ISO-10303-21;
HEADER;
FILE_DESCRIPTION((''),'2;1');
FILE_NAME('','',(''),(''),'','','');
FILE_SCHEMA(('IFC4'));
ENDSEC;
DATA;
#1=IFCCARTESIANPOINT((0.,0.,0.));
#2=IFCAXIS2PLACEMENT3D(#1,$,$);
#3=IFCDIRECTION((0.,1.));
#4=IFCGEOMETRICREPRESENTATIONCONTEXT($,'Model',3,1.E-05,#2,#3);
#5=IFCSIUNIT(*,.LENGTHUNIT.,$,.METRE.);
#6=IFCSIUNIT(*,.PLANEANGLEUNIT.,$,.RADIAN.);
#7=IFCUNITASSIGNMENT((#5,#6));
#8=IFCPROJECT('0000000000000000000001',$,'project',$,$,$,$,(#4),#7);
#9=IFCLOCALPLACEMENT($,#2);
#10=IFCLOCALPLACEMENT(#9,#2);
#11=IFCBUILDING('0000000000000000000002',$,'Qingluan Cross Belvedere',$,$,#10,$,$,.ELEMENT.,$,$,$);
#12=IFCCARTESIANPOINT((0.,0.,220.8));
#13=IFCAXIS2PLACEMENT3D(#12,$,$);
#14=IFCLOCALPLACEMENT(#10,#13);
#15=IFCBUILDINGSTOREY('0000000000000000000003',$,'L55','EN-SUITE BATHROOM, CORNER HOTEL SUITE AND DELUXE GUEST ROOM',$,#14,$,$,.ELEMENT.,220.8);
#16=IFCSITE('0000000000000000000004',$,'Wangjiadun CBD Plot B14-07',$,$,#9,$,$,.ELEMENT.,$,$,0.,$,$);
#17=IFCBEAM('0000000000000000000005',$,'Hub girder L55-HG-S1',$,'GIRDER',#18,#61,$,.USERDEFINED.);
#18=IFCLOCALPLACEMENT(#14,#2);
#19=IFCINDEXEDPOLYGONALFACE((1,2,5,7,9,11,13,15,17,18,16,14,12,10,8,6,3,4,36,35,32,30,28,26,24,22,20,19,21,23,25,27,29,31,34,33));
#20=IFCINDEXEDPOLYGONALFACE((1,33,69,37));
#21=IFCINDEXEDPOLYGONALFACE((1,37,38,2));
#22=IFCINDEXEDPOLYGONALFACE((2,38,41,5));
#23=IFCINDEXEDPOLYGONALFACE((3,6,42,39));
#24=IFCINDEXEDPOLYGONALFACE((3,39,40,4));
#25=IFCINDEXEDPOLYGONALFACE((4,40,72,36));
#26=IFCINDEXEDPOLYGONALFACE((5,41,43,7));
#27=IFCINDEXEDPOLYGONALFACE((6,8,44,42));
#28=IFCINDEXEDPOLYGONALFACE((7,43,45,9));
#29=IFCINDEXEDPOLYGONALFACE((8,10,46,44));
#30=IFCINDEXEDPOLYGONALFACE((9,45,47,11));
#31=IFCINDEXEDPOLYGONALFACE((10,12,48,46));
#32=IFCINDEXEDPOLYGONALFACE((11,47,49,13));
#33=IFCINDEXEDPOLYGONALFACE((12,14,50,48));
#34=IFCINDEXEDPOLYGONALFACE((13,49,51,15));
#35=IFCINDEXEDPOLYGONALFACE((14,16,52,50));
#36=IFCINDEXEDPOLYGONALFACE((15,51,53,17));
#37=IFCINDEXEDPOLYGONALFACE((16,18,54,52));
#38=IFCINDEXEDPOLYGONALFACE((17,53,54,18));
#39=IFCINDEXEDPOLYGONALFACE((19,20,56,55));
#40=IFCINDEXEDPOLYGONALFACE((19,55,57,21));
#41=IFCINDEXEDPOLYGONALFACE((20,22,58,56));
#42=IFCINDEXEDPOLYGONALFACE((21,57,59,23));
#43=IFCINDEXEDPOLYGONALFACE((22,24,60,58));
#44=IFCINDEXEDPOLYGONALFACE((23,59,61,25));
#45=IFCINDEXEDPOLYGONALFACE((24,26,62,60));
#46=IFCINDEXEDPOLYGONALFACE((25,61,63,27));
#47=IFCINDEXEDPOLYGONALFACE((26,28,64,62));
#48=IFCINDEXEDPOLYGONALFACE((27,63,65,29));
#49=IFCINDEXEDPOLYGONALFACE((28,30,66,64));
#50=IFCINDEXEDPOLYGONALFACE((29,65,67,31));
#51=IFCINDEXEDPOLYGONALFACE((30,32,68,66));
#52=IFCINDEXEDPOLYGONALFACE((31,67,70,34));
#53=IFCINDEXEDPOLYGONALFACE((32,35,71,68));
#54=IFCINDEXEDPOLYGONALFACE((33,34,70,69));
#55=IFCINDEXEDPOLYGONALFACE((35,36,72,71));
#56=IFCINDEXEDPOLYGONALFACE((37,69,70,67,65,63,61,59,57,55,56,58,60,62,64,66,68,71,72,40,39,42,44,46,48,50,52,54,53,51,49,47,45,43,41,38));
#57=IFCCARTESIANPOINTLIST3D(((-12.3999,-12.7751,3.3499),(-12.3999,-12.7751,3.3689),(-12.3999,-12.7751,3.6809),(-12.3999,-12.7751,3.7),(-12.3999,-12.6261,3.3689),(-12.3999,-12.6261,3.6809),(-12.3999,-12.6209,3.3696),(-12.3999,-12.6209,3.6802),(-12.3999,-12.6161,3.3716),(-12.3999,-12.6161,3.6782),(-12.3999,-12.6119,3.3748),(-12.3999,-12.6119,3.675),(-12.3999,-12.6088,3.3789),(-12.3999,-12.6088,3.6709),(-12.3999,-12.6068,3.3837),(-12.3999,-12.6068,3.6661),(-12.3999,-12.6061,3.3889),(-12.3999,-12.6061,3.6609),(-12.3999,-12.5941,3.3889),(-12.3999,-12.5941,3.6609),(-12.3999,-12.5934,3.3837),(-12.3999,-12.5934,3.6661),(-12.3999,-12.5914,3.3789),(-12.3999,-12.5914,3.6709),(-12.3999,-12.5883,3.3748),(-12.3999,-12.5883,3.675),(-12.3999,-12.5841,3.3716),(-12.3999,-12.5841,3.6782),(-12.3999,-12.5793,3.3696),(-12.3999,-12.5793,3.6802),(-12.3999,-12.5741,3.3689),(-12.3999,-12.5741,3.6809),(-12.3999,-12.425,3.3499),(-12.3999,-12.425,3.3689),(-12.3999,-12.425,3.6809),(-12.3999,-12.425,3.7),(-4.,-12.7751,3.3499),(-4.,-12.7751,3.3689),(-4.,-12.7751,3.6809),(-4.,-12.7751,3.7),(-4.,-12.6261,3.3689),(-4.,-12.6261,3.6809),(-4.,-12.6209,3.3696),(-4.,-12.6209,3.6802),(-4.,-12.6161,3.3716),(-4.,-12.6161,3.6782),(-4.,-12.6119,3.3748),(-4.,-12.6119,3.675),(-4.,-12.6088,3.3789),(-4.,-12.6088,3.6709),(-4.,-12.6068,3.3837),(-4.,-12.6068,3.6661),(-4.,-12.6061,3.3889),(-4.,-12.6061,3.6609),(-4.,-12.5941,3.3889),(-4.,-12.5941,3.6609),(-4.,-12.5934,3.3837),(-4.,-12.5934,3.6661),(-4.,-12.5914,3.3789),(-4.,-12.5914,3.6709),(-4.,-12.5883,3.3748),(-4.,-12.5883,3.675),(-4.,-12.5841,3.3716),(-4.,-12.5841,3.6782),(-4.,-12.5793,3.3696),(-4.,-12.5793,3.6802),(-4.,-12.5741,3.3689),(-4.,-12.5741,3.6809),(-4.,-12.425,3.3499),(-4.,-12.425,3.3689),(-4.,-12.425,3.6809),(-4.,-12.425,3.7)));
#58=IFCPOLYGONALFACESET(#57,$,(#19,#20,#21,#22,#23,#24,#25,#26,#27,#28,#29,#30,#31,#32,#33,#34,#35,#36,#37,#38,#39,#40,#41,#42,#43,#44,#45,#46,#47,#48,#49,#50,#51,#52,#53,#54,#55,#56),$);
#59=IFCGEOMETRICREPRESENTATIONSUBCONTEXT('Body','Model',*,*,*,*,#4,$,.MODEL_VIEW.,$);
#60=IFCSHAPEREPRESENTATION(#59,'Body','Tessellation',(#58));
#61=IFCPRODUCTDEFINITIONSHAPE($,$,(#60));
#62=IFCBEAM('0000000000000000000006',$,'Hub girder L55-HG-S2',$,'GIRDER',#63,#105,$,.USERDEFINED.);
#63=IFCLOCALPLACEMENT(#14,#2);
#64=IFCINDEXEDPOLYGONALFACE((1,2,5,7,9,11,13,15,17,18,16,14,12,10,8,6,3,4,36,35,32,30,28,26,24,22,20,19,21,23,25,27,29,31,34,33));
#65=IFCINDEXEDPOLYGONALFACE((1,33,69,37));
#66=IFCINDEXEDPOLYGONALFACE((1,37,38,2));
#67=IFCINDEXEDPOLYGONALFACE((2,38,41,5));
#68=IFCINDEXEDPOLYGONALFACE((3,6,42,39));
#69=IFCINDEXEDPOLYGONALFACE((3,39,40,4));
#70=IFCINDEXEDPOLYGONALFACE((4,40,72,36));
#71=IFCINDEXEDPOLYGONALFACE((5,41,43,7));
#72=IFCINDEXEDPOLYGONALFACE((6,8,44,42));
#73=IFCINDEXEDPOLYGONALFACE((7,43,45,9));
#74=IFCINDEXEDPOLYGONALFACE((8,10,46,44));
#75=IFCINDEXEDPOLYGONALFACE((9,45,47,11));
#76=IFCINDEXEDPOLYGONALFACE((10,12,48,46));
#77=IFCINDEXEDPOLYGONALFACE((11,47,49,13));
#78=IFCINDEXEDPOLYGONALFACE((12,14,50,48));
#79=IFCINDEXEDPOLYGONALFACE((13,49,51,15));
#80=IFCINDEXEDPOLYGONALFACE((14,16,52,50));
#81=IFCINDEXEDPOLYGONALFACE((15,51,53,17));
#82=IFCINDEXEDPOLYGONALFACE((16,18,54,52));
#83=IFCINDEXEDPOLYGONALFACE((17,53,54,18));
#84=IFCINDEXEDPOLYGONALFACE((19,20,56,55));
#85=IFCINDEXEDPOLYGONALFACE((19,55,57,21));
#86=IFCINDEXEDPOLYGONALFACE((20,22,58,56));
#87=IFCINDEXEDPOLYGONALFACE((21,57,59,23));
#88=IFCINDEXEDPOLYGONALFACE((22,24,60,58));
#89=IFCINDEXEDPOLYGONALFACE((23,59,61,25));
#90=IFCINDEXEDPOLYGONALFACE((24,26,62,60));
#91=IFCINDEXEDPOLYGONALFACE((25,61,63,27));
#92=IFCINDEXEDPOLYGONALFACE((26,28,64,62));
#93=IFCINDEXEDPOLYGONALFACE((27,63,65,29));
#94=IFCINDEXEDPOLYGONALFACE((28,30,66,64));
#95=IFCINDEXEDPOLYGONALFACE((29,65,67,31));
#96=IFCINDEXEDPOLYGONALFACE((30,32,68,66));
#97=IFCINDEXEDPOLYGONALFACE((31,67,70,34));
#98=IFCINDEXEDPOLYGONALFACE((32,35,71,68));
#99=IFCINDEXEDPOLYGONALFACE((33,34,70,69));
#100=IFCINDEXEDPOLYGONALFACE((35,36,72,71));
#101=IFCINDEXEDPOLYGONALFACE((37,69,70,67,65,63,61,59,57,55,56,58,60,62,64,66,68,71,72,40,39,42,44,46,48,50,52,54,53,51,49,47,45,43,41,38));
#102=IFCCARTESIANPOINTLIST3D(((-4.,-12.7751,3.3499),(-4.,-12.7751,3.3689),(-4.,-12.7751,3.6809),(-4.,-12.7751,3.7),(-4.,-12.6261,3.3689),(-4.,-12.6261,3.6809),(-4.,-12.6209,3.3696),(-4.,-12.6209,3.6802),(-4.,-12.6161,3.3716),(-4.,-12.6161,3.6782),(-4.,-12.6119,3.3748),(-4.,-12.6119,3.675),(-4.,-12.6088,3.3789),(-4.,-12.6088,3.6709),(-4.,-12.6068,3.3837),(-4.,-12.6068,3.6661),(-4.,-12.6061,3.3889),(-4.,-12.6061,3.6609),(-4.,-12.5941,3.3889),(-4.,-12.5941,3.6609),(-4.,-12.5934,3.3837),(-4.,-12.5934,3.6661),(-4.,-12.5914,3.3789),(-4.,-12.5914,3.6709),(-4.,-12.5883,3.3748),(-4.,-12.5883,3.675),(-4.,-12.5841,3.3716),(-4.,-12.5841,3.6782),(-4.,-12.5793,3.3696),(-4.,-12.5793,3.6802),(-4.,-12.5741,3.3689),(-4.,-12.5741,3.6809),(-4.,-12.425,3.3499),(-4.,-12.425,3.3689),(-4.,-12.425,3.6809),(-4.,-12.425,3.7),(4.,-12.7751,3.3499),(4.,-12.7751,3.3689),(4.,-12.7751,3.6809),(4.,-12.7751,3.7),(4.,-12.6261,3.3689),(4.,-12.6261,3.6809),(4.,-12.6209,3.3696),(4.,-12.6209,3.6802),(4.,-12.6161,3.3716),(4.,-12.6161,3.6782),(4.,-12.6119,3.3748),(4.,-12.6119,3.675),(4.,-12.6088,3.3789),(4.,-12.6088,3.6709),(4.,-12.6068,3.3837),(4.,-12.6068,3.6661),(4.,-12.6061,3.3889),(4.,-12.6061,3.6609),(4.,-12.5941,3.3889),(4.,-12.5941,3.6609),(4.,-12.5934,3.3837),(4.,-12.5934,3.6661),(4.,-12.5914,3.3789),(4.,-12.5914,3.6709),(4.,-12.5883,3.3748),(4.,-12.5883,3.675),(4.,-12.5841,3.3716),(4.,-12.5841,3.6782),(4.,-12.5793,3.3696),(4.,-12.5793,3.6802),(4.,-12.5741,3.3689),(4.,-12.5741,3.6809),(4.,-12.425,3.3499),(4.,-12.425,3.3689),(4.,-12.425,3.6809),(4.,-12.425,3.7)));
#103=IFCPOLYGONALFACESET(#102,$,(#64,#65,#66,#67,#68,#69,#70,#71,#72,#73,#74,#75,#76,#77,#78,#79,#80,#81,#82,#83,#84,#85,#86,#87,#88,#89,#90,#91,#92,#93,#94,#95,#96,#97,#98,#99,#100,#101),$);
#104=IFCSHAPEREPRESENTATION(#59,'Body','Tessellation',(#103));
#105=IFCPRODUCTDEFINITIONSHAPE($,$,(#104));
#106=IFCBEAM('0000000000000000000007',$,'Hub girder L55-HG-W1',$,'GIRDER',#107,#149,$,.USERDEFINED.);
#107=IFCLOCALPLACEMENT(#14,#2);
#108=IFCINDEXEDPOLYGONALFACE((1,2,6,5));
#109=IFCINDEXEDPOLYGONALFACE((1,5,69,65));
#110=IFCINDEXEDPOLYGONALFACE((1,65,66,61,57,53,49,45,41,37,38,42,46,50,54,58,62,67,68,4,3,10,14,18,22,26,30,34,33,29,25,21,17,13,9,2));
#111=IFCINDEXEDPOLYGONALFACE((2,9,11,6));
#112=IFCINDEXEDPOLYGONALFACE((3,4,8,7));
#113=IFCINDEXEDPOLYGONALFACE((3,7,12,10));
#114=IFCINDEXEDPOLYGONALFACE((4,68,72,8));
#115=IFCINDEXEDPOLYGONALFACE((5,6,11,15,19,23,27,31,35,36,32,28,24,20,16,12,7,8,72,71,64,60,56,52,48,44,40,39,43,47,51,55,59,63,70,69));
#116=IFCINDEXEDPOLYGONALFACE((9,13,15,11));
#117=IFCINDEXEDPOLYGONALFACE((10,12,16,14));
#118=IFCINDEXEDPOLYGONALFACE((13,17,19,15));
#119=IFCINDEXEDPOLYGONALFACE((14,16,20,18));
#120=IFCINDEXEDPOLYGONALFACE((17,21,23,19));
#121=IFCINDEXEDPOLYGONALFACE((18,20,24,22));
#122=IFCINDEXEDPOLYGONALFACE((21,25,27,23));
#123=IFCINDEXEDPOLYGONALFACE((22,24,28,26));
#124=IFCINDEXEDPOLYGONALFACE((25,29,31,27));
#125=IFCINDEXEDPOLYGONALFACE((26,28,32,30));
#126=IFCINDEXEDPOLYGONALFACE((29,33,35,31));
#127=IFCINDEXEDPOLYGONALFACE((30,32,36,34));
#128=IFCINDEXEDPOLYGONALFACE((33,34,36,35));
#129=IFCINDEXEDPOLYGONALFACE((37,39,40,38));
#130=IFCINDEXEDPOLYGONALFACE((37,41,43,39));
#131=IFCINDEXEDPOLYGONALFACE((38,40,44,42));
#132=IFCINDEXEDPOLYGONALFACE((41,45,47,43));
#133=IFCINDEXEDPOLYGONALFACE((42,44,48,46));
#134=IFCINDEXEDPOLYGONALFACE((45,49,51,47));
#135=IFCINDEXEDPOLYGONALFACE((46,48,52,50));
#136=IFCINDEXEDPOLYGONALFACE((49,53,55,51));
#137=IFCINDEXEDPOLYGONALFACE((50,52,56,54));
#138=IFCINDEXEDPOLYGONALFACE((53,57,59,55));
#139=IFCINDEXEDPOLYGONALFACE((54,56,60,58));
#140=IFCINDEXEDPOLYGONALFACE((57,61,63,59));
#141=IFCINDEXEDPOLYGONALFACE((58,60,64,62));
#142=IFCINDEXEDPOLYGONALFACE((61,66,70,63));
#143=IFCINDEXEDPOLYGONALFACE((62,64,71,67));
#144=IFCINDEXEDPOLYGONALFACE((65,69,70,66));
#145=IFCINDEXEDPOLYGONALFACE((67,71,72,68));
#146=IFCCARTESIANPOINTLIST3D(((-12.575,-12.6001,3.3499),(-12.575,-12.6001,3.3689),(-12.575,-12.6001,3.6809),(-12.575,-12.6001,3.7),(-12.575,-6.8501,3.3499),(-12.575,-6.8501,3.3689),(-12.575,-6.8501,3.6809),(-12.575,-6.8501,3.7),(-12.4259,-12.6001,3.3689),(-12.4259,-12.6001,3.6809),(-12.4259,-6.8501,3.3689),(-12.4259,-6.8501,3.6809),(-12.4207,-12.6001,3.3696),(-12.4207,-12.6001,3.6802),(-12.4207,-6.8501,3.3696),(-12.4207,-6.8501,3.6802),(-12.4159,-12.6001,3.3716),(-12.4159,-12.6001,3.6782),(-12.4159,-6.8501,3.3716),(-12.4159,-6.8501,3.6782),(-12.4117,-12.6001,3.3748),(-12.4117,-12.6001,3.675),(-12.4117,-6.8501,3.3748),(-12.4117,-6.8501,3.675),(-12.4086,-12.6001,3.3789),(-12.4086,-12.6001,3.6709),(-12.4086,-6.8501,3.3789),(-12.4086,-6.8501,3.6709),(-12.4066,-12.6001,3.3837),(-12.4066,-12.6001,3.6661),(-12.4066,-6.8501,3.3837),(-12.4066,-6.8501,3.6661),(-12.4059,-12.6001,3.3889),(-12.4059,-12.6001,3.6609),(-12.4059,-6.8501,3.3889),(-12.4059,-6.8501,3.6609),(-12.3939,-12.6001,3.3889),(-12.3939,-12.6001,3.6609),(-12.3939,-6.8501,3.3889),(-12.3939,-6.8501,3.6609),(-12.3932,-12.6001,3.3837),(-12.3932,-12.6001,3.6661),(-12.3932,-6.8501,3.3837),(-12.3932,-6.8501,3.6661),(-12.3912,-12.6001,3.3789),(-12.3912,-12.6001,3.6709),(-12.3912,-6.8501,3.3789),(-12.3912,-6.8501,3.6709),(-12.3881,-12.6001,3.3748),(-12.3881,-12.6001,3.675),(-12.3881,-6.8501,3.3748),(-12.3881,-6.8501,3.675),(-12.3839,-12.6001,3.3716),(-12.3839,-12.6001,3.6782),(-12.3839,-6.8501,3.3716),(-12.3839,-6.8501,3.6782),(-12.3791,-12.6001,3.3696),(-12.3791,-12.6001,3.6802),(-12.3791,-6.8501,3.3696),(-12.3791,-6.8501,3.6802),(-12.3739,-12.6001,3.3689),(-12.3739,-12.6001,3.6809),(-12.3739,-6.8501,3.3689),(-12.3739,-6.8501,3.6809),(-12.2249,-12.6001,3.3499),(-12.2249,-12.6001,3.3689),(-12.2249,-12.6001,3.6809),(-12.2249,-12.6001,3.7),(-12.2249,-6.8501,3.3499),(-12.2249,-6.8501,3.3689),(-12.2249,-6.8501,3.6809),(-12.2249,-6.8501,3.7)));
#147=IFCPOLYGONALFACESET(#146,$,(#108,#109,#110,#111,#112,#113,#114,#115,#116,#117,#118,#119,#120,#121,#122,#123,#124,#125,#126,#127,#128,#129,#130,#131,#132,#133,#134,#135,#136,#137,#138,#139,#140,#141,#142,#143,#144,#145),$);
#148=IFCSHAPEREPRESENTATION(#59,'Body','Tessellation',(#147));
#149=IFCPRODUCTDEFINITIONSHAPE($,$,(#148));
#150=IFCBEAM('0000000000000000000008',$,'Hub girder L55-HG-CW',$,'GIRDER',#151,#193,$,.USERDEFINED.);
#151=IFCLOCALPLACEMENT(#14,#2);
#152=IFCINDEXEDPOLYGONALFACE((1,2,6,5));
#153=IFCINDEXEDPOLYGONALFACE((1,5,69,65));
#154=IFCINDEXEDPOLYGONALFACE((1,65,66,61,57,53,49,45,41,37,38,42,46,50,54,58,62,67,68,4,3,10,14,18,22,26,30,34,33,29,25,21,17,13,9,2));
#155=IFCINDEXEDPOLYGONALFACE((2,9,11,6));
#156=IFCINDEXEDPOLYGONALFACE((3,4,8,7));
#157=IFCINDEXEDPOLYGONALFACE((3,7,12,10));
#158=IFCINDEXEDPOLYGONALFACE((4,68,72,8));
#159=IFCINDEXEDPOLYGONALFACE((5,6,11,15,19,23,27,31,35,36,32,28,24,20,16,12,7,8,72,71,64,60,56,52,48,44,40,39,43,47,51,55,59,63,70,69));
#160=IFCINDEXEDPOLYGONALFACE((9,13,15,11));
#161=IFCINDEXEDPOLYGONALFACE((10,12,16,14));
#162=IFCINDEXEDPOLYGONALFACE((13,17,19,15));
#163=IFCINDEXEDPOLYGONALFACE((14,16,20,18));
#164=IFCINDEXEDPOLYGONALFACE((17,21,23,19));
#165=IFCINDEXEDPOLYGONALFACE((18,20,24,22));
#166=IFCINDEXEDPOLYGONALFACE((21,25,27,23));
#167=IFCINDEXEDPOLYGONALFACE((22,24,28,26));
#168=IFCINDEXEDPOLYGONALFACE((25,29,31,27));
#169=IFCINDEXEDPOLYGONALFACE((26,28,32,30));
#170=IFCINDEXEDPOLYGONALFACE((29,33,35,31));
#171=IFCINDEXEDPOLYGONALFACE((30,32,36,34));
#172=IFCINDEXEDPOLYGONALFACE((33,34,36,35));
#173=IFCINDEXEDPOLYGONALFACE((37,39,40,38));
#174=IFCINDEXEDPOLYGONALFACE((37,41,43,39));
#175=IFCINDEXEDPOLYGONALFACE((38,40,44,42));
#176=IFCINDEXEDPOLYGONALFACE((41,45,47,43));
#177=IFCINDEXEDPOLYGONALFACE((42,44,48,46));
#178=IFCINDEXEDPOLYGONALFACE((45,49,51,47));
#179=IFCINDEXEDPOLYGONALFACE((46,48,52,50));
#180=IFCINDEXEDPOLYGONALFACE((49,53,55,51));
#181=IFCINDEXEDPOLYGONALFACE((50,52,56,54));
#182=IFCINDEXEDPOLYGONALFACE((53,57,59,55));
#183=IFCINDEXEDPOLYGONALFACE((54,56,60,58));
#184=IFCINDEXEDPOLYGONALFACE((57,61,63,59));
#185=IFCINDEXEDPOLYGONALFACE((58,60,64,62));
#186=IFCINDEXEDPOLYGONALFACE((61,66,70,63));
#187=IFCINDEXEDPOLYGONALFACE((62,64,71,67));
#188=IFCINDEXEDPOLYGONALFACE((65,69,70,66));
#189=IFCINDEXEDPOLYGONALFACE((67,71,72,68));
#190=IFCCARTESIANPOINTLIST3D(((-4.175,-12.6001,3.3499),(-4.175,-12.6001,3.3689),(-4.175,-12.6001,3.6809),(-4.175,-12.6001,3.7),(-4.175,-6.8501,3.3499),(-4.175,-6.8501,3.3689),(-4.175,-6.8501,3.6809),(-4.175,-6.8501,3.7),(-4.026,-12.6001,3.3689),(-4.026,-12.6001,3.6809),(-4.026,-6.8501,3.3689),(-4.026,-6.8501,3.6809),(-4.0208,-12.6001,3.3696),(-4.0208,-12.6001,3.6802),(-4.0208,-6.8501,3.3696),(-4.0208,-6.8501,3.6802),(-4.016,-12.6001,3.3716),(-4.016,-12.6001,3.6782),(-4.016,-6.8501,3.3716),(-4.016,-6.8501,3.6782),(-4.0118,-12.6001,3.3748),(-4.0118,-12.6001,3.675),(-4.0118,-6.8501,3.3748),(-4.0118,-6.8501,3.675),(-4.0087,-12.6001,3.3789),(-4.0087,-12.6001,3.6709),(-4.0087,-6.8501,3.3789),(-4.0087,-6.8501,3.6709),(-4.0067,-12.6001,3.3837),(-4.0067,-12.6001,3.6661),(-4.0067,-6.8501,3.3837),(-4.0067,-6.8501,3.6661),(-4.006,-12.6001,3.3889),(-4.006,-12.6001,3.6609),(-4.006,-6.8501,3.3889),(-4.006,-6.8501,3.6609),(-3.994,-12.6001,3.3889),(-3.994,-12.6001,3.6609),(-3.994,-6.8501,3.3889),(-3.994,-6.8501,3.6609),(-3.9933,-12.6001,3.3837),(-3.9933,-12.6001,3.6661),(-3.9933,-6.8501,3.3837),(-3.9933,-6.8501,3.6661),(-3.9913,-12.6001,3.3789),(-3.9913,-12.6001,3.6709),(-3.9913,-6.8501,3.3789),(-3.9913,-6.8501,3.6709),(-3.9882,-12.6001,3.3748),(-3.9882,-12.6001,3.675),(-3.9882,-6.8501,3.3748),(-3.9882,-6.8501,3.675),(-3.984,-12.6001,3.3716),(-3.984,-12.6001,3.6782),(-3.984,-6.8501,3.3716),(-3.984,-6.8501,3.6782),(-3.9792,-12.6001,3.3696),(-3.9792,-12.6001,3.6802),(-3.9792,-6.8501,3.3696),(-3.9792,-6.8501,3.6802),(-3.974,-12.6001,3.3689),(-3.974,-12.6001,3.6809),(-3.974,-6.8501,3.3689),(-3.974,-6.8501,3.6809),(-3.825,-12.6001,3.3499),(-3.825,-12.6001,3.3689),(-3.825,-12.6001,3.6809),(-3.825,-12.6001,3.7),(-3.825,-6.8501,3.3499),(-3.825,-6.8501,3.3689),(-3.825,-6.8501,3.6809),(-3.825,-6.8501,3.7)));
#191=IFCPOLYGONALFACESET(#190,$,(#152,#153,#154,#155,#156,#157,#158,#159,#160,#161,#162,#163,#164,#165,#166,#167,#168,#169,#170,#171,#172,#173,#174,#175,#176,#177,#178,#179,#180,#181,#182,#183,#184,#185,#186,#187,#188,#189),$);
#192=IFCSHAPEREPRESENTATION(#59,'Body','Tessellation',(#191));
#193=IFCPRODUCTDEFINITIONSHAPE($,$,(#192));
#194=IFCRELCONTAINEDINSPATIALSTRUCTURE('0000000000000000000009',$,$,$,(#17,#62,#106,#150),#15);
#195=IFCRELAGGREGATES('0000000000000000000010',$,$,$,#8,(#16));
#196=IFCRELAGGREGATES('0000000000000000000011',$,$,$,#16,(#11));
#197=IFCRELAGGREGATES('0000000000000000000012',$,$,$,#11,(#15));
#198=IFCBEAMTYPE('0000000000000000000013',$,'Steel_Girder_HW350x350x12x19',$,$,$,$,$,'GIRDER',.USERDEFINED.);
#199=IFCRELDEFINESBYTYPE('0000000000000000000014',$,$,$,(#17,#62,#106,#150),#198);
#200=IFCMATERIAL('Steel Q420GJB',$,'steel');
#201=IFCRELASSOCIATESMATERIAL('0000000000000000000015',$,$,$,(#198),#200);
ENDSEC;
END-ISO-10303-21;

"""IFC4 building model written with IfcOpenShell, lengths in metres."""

from ifc_helpers import new_model, si_unit, direction, frame, origin, origin_2d, place, context, subcontext, project, spatial, i_section, extrude, material, material_profile, profile_set, type_object, element, save


model = new_model("IFC4")

# Units and contexts
model_context = context("Model", 3, precision=1e-05, world=origin(), true_north=direction((0.0, 1.0)))
body_context = subcontext(model_context, "Body", "Model", "MODEL_VIEW")
ifc_project = project(units=[si_unit("LENGTHUNIT", "METRE"), si_unit("PLANEANGLEUNIT", "RADIAN")], contexts=[model_context])

# Site, building, storey
site_placement = place(None, origin())
site = spatial("IfcSite", under=ifc_project, at=site_placement, Name="Wangjiadun CBD Plot B14-07", CompositionType="ELEMENT", RefElevation=0.0)
building_placement = place(site_placement, origin())
building = spatial("IfcBuilding", under=site, at=building_placement, Name="Qingluan Cross Belvedere", CompositionType="ELEMENT")
storey_placement = place(building_placement, frame((0.0, 0.0, 220.8)))
storey = spatial("IfcBuildingStorey", under=building, at=storey_placement, Name="L55", Description="EN-SUITE BATHROOM, CORNER HOTEL SUITE AND DELUXE GUEST ROOM", CompositionType="ELEMENT", Elevation=220.8)

# Beams
ifc_material_1 = material(Name="Steel Q420GJB", Category="steel")
ifc_material_profile_1 = material_profile(ifc_material_1, i_section(OverallWidth=0.3501, OverallDepth=0.3501, WebThickness=0.012, FlangeThickness=0.019, FilletRadius=0.02, at=origin_2d()), Name="HW350x350x12x19")
ifc_profile_set_1 = profile_set([ifc_material_profile_1], Name="Steel Q420GJB")
beam_type_1 = type_object("IfcBeamType", Name="Steel_Girder_HW350x350x12x19", ElementType="GIRDER", PredefinedType="USERDEFINED", material=ifc_profile_set_1)
beam_1_placement = place(storey_placement, frame((-12.3999, -12.6001, 3.5249), z_axis=(1.0, 0.0, 0.0), x_axis=(0.0, 1.0, 0.0)))
element("IfcBeam", 1, at=beam_1_placement, inside=storey, type_object=beam_type_1, Name="Hub girder L55-HG-S1", ObjectType="GIRDER", PredefinedType="USERDEFINED", context=body_context, shape_type="SweptSolid", body=[
    extrude(i_section(OverallWidth=0.3501, OverallDepth=0.3501, WebThickness=0.012, FlangeThickness=0.019, FilletRadius=0.02, at=origin_2d()), origin(), (0.0, 0.0, 1.0), 8.3999),
])
beam_2_placement = place(storey_placement, frame((-4.0, -12.6001, 3.5249), z_axis=(1.0, 0.0, 0.0), x_axis=(0.0, 1.0, 0.0)))
element("IfcBeam", 2, at=beam_2_placement, inside=storey, type_object=beam_type_1, Name="Hub girder L55-HG-S2", ObjectType="GIRDER", PredefinedType="USERDEFINED", context=body_context, shape_type="SweptSolid", body=[
    extrude(i_section(OverallWidth=0.3501, OverallDepth=0.3501, WebThickness=0.012, FlangeThickness=0.019, FilletRadius=0.02, at=origin_2d()), origin(), (0.0, 0.0, 1.0), 8.0),
])
for number, where, z_axis, x_axis, name in (
    (3, (-12.3999, -12.6001, 3.5249), (0.0, 1.0, 0.0), (-1.0, 0.0, 0.0), "Hub girder L55-HG-W1"),
    (4, (-4.0, -12.6001, 3.5249), (0.0, 1.0, 0.0), (-1.0, 0.0, 0.0), "Hub girder L55-HG-CW"),
):
    element("IfcBeam", number, at=place(storey_placement, frame(where, z_axis=z_axis, x_axis=x_axis)), inside=storey, type_object=beam_type_1, Name=name, ObjectType="GIRDER", PredefinedType="USERDEFINED", context=body_context, shape_type="SweptSolid", body=[
        extrude(i_section(OverallWidth=0.3501, OverallDepth=0.3501, WebThickness=0.012, FlangeThickness=0.019, FilletRadius=0.02, at=origin_2d()), origin(), (0.0, 0.0, 1.0), 5.75),
    ])

save(model, "model.ifc")
